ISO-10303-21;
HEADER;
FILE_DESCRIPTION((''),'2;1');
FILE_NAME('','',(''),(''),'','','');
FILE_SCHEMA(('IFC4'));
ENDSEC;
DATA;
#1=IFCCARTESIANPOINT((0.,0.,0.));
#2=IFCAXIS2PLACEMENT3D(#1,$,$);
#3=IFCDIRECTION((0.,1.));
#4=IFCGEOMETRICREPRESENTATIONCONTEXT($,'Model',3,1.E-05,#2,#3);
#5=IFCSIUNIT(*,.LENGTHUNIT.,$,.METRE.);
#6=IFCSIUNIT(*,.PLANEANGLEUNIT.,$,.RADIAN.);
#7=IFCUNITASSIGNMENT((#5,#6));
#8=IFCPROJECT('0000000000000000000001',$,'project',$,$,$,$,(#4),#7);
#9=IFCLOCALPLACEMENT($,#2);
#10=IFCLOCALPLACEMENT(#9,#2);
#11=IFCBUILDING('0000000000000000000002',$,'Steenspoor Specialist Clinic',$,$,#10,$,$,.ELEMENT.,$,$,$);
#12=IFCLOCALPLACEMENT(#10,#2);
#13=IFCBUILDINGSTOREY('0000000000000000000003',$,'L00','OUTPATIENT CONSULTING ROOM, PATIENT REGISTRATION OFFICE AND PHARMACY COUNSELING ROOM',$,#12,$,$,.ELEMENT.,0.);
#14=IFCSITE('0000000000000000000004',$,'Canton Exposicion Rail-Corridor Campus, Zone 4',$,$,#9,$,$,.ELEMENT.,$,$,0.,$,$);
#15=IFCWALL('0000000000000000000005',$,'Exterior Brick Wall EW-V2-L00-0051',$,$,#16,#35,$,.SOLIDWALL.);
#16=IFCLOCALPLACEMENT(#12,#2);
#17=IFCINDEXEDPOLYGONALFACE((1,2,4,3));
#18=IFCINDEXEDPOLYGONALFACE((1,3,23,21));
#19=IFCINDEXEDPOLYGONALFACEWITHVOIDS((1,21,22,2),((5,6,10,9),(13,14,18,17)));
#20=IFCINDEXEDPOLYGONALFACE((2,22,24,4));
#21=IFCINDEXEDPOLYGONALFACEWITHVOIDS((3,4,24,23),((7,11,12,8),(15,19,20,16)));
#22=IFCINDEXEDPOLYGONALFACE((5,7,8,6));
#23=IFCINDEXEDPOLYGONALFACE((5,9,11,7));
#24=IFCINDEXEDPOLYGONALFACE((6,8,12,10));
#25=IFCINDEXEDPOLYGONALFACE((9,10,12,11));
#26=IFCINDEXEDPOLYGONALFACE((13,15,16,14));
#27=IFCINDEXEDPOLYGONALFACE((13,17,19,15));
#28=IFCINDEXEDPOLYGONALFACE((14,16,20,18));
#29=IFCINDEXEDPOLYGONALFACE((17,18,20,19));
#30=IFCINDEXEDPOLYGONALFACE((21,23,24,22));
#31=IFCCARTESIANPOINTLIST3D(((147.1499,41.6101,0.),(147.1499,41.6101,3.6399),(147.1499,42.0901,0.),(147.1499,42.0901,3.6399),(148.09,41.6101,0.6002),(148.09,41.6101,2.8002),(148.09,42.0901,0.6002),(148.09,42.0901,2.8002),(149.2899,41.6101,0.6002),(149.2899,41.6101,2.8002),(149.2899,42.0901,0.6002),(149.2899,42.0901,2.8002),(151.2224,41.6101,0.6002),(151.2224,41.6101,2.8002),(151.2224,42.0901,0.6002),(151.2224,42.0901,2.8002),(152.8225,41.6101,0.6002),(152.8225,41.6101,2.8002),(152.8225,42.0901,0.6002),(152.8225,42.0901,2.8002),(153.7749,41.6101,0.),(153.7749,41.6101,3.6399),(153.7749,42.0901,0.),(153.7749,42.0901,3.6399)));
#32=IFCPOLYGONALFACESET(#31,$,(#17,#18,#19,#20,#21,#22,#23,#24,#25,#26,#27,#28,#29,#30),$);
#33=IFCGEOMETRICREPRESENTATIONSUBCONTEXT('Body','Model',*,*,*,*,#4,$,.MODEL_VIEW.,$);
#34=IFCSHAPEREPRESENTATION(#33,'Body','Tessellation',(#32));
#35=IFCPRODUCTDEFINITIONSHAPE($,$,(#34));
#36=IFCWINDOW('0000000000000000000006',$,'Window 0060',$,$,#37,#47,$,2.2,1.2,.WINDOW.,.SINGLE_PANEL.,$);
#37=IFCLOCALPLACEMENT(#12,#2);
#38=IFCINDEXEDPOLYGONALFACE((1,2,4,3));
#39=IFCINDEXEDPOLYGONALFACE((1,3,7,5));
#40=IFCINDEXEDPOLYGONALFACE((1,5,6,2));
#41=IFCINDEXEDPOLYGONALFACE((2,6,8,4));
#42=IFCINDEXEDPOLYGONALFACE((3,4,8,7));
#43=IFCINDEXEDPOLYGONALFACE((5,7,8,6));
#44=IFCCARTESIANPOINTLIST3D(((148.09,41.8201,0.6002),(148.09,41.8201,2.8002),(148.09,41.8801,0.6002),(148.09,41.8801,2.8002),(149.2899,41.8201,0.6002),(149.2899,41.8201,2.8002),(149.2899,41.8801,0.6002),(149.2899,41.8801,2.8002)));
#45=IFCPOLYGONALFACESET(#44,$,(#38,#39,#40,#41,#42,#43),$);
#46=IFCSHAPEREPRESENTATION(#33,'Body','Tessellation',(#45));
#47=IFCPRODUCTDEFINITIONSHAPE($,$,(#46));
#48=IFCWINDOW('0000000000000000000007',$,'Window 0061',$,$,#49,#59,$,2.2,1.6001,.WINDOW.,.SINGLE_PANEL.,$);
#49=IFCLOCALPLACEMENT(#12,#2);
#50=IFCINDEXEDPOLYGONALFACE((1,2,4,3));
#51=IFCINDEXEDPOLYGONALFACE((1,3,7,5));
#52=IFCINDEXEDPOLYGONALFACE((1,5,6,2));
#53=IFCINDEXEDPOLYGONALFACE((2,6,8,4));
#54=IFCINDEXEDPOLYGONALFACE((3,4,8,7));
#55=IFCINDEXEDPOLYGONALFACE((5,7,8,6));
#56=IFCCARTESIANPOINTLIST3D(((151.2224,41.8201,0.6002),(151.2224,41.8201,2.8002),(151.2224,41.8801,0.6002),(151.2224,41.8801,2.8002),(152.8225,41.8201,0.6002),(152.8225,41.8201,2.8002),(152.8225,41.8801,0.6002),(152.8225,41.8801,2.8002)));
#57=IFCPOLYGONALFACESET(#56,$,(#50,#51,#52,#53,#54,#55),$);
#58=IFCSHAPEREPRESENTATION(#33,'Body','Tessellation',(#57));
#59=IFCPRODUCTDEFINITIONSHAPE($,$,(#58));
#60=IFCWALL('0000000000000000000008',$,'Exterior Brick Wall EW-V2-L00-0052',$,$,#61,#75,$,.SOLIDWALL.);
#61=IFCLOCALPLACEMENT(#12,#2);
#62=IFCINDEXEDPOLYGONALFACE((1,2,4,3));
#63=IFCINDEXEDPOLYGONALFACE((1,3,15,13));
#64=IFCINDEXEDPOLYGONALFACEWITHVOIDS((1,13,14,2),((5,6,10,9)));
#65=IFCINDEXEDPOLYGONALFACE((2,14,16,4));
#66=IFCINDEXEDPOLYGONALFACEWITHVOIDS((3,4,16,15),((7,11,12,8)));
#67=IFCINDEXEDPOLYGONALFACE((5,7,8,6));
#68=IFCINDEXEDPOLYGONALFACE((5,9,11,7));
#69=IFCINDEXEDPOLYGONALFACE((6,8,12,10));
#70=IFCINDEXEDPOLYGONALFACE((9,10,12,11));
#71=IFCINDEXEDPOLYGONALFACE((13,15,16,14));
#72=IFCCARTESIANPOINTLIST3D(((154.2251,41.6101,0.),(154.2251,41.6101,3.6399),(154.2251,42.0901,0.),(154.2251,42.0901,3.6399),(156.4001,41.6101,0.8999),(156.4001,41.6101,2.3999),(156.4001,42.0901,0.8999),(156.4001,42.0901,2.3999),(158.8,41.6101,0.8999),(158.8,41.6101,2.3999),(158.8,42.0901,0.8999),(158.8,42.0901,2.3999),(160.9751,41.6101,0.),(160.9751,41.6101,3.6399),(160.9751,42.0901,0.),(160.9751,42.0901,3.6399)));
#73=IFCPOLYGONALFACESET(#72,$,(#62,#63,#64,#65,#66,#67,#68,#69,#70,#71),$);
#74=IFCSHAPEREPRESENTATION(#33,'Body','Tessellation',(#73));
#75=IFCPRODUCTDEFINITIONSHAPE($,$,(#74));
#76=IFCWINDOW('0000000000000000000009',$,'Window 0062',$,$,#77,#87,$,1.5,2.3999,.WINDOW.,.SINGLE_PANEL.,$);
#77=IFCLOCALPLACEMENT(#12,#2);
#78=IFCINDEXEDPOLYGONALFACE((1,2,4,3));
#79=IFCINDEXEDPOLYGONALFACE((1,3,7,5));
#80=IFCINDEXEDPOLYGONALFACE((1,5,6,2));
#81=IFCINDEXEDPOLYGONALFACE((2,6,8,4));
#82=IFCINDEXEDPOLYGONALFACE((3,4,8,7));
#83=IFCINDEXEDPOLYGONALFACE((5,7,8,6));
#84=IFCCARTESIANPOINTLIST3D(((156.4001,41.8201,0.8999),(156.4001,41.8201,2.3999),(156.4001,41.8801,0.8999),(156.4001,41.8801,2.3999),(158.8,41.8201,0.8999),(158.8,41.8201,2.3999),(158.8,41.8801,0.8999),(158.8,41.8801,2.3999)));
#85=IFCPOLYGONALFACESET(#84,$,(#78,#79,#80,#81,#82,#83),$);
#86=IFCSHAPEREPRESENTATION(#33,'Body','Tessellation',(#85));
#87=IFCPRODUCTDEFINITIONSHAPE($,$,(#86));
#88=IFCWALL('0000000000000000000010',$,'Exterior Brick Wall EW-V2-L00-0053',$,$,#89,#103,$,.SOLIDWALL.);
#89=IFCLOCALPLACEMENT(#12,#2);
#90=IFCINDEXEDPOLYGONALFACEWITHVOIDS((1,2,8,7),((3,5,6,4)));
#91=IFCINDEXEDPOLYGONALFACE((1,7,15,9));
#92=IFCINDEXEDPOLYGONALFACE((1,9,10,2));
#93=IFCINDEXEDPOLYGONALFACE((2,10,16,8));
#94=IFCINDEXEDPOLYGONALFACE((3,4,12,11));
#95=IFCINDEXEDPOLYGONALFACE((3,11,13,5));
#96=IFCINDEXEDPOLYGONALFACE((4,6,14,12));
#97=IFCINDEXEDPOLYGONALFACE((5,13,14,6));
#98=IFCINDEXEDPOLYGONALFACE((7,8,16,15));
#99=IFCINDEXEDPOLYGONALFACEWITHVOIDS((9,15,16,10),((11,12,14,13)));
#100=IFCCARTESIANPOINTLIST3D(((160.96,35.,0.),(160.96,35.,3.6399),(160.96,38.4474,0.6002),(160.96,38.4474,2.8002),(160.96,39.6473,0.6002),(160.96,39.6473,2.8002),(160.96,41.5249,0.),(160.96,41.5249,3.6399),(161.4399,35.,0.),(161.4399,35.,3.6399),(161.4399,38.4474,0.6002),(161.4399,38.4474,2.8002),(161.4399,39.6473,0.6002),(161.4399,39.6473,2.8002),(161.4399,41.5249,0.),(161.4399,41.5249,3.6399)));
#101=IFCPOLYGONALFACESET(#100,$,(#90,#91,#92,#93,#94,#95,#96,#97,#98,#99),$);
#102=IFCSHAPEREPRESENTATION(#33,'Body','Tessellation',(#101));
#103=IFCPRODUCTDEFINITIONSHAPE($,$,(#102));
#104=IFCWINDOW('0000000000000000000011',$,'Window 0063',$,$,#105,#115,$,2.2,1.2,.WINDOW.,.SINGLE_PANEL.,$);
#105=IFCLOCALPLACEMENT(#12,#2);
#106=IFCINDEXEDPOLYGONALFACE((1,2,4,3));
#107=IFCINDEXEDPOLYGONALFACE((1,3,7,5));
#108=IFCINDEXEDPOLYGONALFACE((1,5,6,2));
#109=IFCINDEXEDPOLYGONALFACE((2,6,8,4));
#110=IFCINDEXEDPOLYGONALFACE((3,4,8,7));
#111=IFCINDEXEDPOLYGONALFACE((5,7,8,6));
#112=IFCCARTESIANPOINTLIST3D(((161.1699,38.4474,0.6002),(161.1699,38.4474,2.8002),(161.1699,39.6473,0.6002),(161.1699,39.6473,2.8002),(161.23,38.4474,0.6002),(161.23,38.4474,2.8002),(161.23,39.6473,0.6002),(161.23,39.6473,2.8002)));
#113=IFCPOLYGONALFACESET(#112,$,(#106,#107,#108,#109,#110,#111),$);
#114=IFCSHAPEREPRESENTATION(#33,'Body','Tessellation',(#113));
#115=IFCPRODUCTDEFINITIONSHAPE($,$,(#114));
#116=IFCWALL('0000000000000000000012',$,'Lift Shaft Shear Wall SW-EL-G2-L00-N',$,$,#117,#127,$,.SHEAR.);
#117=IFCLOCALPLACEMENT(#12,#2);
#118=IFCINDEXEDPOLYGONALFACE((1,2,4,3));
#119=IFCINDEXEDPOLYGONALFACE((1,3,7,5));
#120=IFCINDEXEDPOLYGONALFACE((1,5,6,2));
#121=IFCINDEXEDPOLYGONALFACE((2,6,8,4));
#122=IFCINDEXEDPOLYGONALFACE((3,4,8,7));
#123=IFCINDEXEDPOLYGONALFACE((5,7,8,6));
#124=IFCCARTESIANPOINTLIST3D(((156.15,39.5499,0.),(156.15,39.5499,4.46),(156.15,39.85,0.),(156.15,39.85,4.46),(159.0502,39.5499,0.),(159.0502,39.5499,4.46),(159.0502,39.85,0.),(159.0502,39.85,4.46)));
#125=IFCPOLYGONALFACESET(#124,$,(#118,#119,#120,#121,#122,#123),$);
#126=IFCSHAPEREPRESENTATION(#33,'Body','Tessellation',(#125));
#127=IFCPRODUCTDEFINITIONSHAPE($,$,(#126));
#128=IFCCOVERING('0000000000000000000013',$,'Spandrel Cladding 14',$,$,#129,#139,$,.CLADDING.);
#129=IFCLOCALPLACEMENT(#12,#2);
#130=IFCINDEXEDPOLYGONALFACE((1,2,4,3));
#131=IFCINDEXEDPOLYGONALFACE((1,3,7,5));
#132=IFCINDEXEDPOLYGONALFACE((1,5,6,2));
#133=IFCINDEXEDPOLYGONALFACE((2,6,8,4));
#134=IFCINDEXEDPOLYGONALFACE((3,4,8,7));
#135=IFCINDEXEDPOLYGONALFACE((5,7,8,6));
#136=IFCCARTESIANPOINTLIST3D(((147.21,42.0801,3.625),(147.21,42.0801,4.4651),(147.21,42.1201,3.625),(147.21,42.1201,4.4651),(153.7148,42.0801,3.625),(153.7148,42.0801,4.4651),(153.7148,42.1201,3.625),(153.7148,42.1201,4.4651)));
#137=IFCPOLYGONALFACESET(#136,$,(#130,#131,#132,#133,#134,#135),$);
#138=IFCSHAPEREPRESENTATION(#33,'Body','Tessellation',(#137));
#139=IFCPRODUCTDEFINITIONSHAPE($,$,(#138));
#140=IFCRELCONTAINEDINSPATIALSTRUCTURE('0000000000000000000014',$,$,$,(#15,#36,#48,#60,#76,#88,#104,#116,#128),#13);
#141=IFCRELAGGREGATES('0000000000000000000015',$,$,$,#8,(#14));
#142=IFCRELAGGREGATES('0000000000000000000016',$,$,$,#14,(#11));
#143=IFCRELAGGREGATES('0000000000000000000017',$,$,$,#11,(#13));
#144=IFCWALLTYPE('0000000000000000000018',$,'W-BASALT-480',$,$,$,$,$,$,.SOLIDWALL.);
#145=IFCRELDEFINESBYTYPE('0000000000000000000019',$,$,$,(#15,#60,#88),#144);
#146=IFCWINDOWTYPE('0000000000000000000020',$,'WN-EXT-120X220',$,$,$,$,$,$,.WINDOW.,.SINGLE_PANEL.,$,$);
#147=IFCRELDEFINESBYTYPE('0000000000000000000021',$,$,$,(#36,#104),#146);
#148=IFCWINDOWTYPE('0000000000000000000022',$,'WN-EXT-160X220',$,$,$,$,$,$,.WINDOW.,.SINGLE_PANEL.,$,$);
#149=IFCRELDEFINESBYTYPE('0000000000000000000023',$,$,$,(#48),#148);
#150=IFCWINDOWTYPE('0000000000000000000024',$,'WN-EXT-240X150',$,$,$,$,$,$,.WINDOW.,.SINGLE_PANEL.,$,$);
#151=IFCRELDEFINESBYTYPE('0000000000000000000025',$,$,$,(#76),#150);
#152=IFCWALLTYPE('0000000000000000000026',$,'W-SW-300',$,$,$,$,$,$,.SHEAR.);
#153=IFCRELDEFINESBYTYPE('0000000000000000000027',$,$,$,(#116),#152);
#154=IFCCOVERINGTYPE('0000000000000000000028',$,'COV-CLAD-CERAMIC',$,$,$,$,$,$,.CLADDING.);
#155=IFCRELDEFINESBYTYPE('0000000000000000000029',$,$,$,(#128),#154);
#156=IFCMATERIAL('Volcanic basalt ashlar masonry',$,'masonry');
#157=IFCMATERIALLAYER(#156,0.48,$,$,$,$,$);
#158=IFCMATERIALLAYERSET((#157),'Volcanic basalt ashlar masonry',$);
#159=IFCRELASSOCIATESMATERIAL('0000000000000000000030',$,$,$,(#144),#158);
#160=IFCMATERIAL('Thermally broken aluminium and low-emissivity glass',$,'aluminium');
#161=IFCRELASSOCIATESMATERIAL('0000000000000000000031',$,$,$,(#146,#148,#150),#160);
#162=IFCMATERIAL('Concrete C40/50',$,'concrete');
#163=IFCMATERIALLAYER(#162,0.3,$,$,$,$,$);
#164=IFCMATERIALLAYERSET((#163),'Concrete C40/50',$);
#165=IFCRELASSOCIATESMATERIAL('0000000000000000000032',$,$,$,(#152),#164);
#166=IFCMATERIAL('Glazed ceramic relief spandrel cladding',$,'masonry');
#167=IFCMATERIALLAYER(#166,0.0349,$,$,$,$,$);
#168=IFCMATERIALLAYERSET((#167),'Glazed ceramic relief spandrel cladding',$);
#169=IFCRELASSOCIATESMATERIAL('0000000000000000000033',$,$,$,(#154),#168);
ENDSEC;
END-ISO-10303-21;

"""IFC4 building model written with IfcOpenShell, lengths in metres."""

from ifc_helpers import new_model, si_unit, direction, frame, frame_2d, origin, origin_2d, place, context, subcontext, project, spatial, rectangle, extrude, material, layer, layer_set, type_object, element, fill, save


model = new_model("IFC4")

# Units and contexts
model_context = context("Model", 3, precision=1e-05, world=origin(), true_north=direction((0.0, 1.0)))
body_context = subcontext(model_context, "Body", "Model", "MODEL_VIEW")
ifc_project = project(units=[si_unit("LENGTHUNIT", "METRE"), si_unit("PLANEANGLEUNIT", "RADIAN")], contexts=[model_context])

# Site, building, storey
site_placement = place(None, origin())
site = spatial("IfcSite", under=ifc_project, at=site_placement, Name="Canton Exposicion Rail-Corridor Campus, Zone 4", CompositionType="ELEMENT", RefElevation=0.0)
building_placement = place(site_placement, origin())
building = spatial("IfcBuilding", under=site, at=building_placement, Name="Steenspoor Specialist Clinic", CompositionType="ELEMENT")
storey_placement = place(building_placement, origin())
storey = spatial("IfcBuildingStorey", under=building, at=storey_placement, Name="L00", Description="OUTPATIENT CONSULTING ROOM, PATIENT REGISTRATION OFFICE AND PHARMACY COUNSELING ROOM", CompositionType="ELEMENT", Elevation=0.0)

# Shared definitions
ifc_material_1 = material(Name="Concrete C40/50", Category="concrete")

# Wall, openings, windows
ifc_material_2 = material(Name="Volcanic basalt ashlar masonry", Category="masonry")
ifc_layer_1 = layer(ifc_material_2, 0.48)
ifc_layer_set_1 = layer_set([ifc_layer_1], Name="Volcanic basalt ashlar masonry")
wall_type_1 = type_object("IfcWallType", Name="W-BASALT-480", PredefinedType="SOLIDWALL", material=ifc_layer_set_1)
wall_1_placement = place(storey_placement, frame((147.1499, 41.8501, 0.0), z_axis=(0.0, 0.0, 1.0), x_axis=(1.0, 0.0, 0.0)))
wall_1 = element("IfcWall", 1, at=wall_1_placement, inside=storey, type_object=wall_type_1, Name="Exterior Brick Wall EW-V2-L00-0051", PredefinedType="SOLIDWALL", context=body_context, shape_type="SweptSolid", body=[
    extrude(rectangle(XDim=6.625, YDim=0.48, at=frame_2d((3.3125, 0.0))), origin(), (0.0, 0.0, 1.0), 3.6399),
])
opening_1_placement = place(wall_1_placement, frame((0.9399, 0.0, 0.6001)))
opening_1 = element("IfcOpeningElement", 2, at=opening_1_placement, cuts=wall_1, PredefinedType="OPENING", context=body_context, shape_type="SweptSolid", body=[
    extrude(rectangle(XDim=1.2, YDim=2.2, at=frame_2d((0.6001, 1.1001))), frame((0.0, 0.25, 0.0), z_axis=(0.0, -1.0, 0.0), x_axis=(1.0, 0.0, 0.0)), (0.0, 0.0, 1.0), 0.5),
])
opening_2_placement = place(wall_1_placement, frame((4.0725, 0.0, 0.6001)))
opening_2 = element("IfcOpeningElement", 3, at=opening_2_placement, cuts=wall_1, PredefinedType="OPENING", context=body_context, shape_type="SweptSolid", body=[
    extrude(rectangle(XDim=1.6001, YDim=2.2, at=frame_2d((0.8, 1.1001))), frame((0.0, 0.25, 0.0), z_axis=(0.0, -1.0, 0.0), x_axis=(1.0, 0.0, 0.0)), (0.0, 0.0, 1.0), 0.5),
])
ifc_material_3 = material(Name="Thermally broken aluminium and low-emissivity glass", Category="aluminium")
window_type_1 = type_object("IfcWindowType", Name="WN-EXT-120X220", PartitioningType="SINGLE_PANEL", PredefinedType="WINDOW", material=ifc_material_3)
window_1_placement = place(opening_1_placement, origin())
window_1 = element("IfcWindow", 4, at=window_1_placement, inside=storey, type_object=window_type_1, Name="Window 0060", OverallHeight=2.2, OverallWidth=1.2, PartitioningType="SINGLE_PANEL", PredefinedType="WINDOW", context=body_context, shape_type="SweptSolid", body=[
    extrude(rectangle(XDim=1.2, YDim=2.2, at=frame_2d((0.6001, 1.1001))), frame((0.0, 0.03, 0.0), z_axis=(0.0, -1.0, 0.0), x_axis=(1.0, 0.0, 0.0)), (0.0, 0.0, 1.0), 0.0601),
])
fill(opening_1, window_1)
window_type_2 = type_object("IfcWindowType", Name="WN-EXT-160X220", PartitioningType="SINGLE_PANEL", PredefinedType="WINDOW", material=ifc_material_3)
window_2_placement = place(opening_2_placement, origin())
window_2 = element("IfcWindow", 5, at=window_2_placement, inside=storey, type_object=window_type_2, Name="Window 0061", OverallHeight=2.2, OverallWidth=1.6001, PartitioningType="SINGLE_PANEL", PredefinedType="WINDOW", context=body_context, shape_type="SweptSolid", body=[
    extrude(rectangle(XDim=1.6001, YDim=2.2, at=frame_2d((0.8, 1.1001))), frame((0.0, 0.03, 0.0), z_axis=(0.0, -1.0, 0.0), x_axis=(1.0, 0.0, 0.0)), (0.0, 0.0, 1.0), 0.0601),
])
fill(opening_2, window_2)

# Walls, openings, windows
wall_2_placement = place(storey_placement, frame((154.2251, 41.8501, 0.0), z_axis=(0.0, 0.0, 1.0), x_axis=(1.0, 0.0, 0.0)))
wall_2 = element("IfcWall", 6, at=wall_2_placement, inside=storey, type_object=wall_type_1, Name="Exterior Brick Wall EW-V2-L00-0052", PredefinedType="SOLIDWALL", context=body_context, shape_type="SweptSolid", body=[
    extrude(rectangle(XDim=6.75, YDim=0.48, at=frame_2d((3.375, 0.0))), origin(), (0.0, 0.0, 1.0), 3.6399),
])
opening_3_placement = place(wall_2_placement, frame((2.175, 0.0, 0.8999)))
opening_3 = element("IfcOpeningElement", 7, at=opening_3_placement, cuts=wall_2, PredefinedType="OPENING", context=body_context, shape_type="SweptSolid", body=[
    extrude(rectangle(XDim=2.3999, YDim=1.5, at=frame_2d((1.2, 0.75))), frame((0.0, 0.25, 0.0), z_axis=(0.0, -1.0, 0.0), x_axis=(1.0, 0.0, 0.0)), (0.0, 0.0, 1.0), 0.5),
])
window_type_3 = type_object("IfcWindowType", Name="WN-EXT-240X150", PartitioningType="SINGLE_PANEL", PredefinedType="WINDOW", material=ifc_material_3)
window_3_placement = place(opening_3_placement, origin())
window_3 = element("IfcWindow", 8, at=window_3_placement, inside=storey, type_object=window_type_3, Name="Window 0062", OverallHeight=1.5, OverallWidth=2.3999, PartitioningType="SINGLE_PANEL", PredefinedType="WINDOW", context=body_context, shape_type="SweptSolid", body=[
    extrude(rectangle(XDim=2.3999, YDim=1.5, at=frame_2d((1.2, 0.75))), frame((0.0, 0.03, 0.0), z_axis=(0.0, -1.0, 0.0), x_axis=(1.0, 0.0, 0.0)), (0.0, 0.0, 1.0), 0.0601),
])
fill(opening_3, window_3)
wall_3_placement = place(storey_placement, frame((161.2, 41.5249, 0.0), z_axis=(0.0, 0.0, 1.0), x_axis=(0.0, -1.0, 0.0)))
wall_3 = element("IfcWall", 9, at=wall_3_placement, inside=storey, type_object=wall_type_1, Name="Exterior Brick Wall EW-V2-L00-0053", PredefinedType="SOLIDWALL", context=body_context, shape_type="SweptSolid", body=[
    extrude(rectangle(XDim=6.5249, YDim=0.48, at=frame_2d((3.2625, 0.0))), origin(), (0.0, 0.0, 1.0), 3.6399),
])
opening_4_placement = place(wall_3_placement, frame((1.8774, 0.0, 0.6001)))
opening_4 = element("IfcOpeningElement", 10, at=opening_4_placement, cuts=wall_3, PredefinedType="OPENING", context=body_context, shape_type="SweptSolid", body=[
    extrude(rectangle(XDim=1.2, YDim=2.2, at=frame_2d((0.6001, 1.1001))), frame((0.0, 0.25, 0.0), z_axis=(0.0, -1.0, 0.0), x_axis=(1.0, 0.0, 0.0)), (0.0, 0.0, 1.0), 0.5),
])
window_4_placement = place(opening_4_placement, origin())
window_4 = element("IfcWindow", 11, at=window_4_placement, inside=storey, type_object=window_type_1, Name="Window 0063", OverallHeight=2.2, OverallWidth=1.2, PartitioningType="SINGLE_PANEL", PredefinedType="WINDOW", context=body_context, shape_type="SweptSolid", body=[
    extrude(rectangle(XDim=1.2, YDim=2.2, at=frame_2d((0.6001, 1.1001))), frame((0.0, 0.03, 0.0), z_axis=(0.0, -1.0, 0.0), x_axis=(1.0, 0.0, 0.0)), (0.0, 0.0, 1.0), 0.0601),
])
fill(opening_4, window_4)

# Wall
ifc_layer_2 = layer(ifc_material_1, 0.3)
ifc_layer_set_2 = layer_set([ifc_layer_2], Name="Concrete C40/50")
wall_type_2 = type_object("IfcWallType", Name="W-SW-300", PredefinedType="SHEAR", material=ifc_layer_set_2)
wall_4_placement = place(storey_placement, frame((156.1499, 39.7, 0.0), z_axis=(0.0, 0.0, 1.0), x_axis=(1.0, 0.0, 0.0)))
element("IfcWall", 12, at=wall_4_placement, inside=storey, type_object=wall_type_2, Name="Lift Shaft Shear Wall SW-EL-G2-L00-N", PredefinedType="SHEAR", context=body_context, shape_type="SweptSolid", body=[
    extrude(rectangle(XDim=2.9001, YDim=0.3, at=frame_2d((1.4502, 0.0))), origin(), (0.0, 0.0, 1.0), 4.46),
])

# Covering
ifc_material_4 = material(Name="Glazed ceramic relief spandrel cladding", Category="masonry")
ifc_layer_3 = layer(ifc_material_4, 0.0349)
ifc_layer_set_3 = layer_set([ifc_layer_3], Name="Glazed ceramic relief spandrel cladding")
covering_type = type_object("IfcCoveringType", Name="COV-CLAD-CERAMIC", PredefinedType="CLADDING", material=ifc_layer_set_3)
covering_placement = place(storey_placement, frame((150.4624, 42.1001, 3.625), z_axis=(0.0, 0.0, 1.0), x_axis=(1.0, 0.0, 0.0)))
element("IfcCovering", 13, at=covering_placement, inside=storey, type_object=covering_type, Name="Spandrel Cladding 14", PredefinedType="CLADDING", context=body_context, shape_type="SweptSolid", body=[
    extrude(rectangle(XDim=6.5049, YDim=0.04, at=origin_2d()), origin(), (0.0, 0.0, 1.0), 0.8401),
])

save(model, "model.ifc")
